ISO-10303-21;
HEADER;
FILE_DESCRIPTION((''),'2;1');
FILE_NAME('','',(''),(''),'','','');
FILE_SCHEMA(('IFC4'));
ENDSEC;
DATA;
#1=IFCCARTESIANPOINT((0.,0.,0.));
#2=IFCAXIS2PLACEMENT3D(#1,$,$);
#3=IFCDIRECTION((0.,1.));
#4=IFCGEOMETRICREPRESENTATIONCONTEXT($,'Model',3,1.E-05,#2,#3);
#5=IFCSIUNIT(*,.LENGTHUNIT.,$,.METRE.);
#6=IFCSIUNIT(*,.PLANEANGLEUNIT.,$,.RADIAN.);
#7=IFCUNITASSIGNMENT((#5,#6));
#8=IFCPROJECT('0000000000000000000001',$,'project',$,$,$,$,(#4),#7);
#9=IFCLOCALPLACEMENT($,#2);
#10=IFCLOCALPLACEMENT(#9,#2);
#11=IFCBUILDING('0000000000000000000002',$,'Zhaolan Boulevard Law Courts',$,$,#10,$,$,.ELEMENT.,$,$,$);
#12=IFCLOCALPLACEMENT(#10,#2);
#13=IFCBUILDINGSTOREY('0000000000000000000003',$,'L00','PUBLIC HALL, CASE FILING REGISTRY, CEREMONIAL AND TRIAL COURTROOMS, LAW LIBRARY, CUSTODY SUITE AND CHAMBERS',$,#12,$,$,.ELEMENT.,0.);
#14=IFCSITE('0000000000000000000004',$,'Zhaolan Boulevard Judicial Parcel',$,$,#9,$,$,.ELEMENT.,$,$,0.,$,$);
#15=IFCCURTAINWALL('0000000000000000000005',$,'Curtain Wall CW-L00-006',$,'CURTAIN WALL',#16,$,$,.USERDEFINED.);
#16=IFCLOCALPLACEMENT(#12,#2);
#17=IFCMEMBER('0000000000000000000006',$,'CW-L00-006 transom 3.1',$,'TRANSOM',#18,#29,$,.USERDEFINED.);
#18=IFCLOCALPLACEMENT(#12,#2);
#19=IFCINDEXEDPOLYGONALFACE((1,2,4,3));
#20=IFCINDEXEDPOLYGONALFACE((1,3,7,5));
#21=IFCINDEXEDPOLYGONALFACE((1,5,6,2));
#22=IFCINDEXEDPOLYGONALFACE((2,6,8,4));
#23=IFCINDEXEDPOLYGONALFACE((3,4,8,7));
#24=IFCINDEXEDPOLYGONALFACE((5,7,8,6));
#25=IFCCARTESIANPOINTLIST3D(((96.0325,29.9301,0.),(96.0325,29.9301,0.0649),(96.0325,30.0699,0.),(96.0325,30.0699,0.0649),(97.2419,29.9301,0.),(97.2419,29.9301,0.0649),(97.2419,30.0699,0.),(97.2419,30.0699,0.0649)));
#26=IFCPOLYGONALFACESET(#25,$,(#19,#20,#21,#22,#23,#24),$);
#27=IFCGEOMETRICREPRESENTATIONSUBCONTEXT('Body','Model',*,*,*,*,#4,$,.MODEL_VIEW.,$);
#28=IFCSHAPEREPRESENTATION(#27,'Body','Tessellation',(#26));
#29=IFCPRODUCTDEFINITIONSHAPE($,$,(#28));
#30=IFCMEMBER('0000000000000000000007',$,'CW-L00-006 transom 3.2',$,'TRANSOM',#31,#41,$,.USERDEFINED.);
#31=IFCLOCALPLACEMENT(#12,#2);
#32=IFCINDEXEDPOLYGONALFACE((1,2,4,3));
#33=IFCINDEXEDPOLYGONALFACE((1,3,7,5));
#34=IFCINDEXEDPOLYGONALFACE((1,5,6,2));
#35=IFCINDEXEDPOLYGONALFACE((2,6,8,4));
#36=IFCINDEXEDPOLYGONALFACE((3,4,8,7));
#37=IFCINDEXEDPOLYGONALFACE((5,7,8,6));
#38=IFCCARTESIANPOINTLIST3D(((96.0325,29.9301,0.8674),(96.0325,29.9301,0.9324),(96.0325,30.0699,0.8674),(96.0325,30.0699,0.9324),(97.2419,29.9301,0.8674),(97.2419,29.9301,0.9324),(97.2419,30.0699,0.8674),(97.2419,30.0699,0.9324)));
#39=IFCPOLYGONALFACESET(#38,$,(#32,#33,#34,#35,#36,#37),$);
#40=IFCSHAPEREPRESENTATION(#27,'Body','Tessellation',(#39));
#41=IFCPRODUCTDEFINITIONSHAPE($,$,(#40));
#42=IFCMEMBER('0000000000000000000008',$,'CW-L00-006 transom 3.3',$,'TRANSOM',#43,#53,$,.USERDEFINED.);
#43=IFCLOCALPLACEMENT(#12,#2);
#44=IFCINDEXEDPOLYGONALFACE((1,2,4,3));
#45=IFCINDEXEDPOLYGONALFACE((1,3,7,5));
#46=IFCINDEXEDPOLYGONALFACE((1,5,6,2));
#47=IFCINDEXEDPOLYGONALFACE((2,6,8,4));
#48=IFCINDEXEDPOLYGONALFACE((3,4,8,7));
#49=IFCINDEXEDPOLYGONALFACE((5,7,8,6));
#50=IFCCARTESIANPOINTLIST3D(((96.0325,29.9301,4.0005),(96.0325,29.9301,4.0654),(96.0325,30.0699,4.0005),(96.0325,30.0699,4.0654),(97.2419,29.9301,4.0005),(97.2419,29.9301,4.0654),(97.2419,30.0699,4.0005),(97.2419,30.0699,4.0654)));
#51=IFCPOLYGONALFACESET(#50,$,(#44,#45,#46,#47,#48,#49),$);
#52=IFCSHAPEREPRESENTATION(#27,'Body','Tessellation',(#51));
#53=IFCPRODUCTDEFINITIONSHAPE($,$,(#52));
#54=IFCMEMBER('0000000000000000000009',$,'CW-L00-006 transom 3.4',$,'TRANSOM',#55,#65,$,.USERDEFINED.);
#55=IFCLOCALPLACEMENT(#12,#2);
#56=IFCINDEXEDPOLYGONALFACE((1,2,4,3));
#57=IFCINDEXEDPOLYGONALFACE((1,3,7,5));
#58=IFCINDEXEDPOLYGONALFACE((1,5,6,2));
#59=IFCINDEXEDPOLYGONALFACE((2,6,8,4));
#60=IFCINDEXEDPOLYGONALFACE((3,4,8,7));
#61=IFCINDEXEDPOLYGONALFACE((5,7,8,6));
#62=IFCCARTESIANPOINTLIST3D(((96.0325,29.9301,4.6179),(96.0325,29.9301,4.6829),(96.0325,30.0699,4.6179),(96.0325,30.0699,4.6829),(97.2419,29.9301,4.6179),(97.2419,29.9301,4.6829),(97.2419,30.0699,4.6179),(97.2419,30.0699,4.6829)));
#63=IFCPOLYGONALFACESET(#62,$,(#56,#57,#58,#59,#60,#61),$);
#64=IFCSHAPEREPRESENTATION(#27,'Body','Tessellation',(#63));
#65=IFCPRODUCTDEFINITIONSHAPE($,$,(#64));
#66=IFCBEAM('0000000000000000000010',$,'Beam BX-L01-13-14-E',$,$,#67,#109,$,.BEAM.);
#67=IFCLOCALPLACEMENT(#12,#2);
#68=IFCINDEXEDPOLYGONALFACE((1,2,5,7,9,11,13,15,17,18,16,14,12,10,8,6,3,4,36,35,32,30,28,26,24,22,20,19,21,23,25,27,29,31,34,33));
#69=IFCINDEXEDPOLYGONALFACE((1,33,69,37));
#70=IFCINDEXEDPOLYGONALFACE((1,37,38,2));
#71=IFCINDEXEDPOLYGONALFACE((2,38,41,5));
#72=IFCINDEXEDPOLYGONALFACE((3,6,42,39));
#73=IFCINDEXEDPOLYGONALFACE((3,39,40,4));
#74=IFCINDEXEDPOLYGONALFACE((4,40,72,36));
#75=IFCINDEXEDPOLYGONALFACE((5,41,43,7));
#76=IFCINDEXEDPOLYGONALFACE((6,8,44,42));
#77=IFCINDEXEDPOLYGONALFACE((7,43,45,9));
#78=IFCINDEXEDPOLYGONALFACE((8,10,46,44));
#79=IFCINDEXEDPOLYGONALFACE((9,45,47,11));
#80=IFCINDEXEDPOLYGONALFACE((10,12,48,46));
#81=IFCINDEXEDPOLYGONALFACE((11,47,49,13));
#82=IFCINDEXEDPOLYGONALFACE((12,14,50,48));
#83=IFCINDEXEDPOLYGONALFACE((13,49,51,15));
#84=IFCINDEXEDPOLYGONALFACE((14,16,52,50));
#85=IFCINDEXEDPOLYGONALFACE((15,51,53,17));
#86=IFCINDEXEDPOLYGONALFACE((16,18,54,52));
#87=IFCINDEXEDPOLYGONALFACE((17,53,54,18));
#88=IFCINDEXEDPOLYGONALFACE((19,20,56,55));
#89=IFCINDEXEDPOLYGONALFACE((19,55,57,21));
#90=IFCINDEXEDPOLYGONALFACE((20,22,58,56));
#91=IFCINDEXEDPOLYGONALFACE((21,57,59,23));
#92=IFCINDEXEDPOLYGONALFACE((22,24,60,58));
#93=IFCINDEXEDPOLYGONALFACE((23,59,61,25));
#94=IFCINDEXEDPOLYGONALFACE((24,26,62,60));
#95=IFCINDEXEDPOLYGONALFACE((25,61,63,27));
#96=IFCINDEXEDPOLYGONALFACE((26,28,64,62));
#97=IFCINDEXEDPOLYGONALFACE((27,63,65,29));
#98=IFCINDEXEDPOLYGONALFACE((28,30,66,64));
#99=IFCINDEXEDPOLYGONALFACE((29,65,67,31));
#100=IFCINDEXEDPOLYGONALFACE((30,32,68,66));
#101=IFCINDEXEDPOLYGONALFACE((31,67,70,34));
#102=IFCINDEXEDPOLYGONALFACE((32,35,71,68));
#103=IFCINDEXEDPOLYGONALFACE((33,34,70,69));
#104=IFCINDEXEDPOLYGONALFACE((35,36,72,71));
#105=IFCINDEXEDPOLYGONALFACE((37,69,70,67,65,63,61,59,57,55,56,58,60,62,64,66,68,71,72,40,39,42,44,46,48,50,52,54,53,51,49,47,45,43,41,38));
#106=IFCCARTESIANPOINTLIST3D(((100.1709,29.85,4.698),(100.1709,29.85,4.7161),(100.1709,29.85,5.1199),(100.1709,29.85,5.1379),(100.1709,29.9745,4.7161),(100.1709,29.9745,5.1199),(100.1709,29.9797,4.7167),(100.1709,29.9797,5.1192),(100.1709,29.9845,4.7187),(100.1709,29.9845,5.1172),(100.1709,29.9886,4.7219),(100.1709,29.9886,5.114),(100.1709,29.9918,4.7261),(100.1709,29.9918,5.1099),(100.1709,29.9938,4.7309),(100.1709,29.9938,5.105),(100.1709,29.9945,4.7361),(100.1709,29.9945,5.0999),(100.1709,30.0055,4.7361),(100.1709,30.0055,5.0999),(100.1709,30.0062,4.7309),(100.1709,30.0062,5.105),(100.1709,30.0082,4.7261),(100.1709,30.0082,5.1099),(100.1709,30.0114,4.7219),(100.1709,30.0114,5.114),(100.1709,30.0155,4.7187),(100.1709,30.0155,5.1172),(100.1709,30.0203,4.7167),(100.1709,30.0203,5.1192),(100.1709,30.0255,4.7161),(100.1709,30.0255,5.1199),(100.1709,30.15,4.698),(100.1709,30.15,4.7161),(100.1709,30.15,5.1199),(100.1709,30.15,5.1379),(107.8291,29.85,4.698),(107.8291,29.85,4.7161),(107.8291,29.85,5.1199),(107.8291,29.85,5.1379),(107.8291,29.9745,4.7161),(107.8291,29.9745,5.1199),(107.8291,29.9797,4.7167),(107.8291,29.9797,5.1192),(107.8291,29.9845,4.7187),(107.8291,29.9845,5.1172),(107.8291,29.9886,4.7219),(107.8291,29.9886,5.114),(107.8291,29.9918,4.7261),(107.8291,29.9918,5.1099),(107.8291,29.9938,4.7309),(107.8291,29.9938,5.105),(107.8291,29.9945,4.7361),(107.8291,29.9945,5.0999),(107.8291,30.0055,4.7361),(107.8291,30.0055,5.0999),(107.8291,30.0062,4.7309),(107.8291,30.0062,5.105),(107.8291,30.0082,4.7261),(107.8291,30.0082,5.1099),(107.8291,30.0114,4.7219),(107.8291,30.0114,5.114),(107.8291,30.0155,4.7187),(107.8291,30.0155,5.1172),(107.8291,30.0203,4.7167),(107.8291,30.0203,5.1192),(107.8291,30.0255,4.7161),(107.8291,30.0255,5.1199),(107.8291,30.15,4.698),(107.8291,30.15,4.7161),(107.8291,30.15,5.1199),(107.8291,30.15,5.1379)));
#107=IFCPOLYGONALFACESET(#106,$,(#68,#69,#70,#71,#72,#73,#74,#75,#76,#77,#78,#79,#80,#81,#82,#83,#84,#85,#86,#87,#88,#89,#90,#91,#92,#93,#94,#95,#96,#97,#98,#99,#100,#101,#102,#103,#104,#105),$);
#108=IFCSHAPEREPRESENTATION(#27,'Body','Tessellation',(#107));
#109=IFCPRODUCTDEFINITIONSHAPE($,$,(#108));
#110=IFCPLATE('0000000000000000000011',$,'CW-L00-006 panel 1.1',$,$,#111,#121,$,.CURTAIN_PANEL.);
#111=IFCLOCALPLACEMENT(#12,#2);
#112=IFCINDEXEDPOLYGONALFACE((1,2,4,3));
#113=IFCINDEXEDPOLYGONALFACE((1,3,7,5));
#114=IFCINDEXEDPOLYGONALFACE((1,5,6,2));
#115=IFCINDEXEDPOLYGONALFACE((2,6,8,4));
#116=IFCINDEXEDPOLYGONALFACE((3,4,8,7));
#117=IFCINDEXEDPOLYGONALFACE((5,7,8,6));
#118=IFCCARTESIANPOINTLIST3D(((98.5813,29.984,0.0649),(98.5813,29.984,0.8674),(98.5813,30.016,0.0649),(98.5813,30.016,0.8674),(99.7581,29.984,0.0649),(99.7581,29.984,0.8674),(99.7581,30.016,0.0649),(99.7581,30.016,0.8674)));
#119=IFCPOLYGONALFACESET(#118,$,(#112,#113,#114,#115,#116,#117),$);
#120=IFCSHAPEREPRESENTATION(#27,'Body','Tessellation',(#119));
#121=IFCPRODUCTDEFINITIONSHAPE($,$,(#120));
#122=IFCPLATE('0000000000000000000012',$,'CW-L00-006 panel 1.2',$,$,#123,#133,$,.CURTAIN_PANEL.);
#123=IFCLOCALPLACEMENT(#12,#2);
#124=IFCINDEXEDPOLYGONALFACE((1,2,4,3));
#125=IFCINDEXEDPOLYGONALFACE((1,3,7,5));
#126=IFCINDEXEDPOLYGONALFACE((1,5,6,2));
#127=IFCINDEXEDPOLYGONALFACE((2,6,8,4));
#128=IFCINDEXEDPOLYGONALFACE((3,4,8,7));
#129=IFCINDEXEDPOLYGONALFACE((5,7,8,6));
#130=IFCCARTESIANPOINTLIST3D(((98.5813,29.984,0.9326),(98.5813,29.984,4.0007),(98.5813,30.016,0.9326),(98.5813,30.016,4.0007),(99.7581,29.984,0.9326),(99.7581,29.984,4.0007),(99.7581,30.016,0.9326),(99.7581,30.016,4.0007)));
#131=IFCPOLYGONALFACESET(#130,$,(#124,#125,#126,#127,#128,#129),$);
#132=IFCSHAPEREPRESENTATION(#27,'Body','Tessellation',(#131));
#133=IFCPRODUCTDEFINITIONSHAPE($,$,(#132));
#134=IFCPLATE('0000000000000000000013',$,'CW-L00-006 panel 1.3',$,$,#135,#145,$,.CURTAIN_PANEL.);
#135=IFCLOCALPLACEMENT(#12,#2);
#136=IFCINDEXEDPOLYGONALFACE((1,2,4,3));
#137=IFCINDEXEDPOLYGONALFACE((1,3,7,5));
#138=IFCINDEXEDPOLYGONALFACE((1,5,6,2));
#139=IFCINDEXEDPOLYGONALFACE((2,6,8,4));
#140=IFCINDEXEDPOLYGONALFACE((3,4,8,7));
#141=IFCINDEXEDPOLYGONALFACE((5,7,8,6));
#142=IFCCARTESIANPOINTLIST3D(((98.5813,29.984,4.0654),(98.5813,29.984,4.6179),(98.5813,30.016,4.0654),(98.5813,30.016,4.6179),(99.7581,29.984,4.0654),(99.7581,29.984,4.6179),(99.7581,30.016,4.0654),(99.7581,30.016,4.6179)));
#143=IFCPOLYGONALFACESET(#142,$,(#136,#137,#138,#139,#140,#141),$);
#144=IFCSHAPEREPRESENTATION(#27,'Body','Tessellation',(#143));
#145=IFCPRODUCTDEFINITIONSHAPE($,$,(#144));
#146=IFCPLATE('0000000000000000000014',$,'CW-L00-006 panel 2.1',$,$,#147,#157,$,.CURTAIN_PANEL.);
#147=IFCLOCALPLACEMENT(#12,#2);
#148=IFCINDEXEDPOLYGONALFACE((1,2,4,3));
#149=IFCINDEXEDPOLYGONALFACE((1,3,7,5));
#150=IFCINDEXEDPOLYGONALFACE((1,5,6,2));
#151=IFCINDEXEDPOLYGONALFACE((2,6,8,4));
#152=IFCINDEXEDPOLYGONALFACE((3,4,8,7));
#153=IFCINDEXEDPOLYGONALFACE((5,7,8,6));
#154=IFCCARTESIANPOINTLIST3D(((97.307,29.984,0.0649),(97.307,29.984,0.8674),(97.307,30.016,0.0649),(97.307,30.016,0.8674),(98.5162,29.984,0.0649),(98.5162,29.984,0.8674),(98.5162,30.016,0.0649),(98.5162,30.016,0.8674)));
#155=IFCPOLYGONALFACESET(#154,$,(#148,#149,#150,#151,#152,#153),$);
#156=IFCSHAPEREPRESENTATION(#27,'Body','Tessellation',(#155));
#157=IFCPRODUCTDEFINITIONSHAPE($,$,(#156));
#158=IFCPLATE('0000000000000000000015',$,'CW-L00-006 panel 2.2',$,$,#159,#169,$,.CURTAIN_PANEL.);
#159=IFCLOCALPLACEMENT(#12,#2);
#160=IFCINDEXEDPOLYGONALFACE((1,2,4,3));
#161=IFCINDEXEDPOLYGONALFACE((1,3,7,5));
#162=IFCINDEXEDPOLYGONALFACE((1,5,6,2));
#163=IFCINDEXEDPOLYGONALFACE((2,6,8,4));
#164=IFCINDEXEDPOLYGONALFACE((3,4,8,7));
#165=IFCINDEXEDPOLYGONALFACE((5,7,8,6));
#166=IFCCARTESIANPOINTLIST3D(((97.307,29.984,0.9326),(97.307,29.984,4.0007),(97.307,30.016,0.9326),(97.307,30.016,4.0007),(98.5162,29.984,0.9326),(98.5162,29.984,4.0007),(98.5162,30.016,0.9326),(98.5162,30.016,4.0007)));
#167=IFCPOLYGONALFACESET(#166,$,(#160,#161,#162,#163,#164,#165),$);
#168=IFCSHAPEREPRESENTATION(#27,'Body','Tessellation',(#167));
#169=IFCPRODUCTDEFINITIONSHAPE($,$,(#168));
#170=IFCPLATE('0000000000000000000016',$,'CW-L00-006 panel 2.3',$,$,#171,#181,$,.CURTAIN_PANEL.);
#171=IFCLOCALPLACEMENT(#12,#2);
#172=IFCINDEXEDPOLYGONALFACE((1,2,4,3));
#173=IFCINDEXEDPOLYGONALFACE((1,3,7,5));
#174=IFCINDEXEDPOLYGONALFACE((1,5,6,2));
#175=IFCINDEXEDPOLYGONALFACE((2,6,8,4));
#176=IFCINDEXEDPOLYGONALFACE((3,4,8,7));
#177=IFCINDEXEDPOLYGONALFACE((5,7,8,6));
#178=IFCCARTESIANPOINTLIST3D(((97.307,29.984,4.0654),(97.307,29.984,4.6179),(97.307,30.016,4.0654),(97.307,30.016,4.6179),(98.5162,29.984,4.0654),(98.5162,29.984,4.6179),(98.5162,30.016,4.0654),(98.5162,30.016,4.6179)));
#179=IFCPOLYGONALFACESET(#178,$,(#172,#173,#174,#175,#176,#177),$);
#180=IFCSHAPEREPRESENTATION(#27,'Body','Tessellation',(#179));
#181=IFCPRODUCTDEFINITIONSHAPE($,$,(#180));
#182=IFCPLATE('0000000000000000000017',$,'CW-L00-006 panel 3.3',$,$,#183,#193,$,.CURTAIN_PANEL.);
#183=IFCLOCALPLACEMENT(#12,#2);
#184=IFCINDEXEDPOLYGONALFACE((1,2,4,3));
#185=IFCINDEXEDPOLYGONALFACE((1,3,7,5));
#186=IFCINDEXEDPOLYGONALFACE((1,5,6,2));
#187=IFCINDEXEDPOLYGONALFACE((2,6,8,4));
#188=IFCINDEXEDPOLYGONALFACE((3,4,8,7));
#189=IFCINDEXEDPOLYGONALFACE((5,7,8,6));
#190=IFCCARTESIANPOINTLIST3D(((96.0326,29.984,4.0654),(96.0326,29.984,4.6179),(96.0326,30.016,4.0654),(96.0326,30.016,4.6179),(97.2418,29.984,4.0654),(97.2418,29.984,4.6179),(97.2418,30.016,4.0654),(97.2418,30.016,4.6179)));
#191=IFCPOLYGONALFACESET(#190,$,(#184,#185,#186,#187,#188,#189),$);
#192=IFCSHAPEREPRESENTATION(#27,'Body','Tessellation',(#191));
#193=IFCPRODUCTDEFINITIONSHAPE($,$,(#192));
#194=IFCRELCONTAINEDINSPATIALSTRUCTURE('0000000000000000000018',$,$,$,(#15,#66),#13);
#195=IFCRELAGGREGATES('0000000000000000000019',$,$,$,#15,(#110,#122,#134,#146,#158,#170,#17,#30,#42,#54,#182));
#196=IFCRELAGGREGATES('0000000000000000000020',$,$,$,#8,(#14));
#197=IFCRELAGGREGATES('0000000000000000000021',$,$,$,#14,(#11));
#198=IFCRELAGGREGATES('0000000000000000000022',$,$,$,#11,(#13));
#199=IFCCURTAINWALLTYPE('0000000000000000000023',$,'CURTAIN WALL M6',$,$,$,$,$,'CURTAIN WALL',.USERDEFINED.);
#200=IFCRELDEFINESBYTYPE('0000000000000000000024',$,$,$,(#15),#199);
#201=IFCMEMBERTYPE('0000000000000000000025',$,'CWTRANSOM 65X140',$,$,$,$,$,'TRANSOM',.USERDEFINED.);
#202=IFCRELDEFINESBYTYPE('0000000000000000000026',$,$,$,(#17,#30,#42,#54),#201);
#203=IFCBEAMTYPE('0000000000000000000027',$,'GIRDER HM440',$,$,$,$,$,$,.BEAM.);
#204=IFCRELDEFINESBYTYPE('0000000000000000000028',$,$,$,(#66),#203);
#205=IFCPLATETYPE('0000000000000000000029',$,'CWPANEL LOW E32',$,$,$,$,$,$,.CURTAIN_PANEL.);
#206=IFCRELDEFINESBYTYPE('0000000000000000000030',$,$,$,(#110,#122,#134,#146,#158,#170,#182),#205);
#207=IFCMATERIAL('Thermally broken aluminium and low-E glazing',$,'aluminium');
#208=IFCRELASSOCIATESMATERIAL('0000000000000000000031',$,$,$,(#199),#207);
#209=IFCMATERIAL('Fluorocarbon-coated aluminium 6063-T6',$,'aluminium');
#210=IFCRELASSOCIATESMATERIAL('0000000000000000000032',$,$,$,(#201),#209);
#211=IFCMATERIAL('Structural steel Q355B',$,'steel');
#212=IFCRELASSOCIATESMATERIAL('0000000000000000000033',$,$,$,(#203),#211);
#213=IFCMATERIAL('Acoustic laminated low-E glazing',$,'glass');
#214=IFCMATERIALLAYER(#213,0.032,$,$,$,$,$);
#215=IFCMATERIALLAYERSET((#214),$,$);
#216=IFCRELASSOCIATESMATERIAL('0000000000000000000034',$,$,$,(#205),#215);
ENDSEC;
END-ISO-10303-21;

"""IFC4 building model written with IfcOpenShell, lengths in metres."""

from ifc_helpers import new_model, si_unit, direction, frame, origin, origin_2d, place, context, subcontext, project, spatial, rectangle, i_section, extrude, material, layer, layer_set, material_profile, profile_set, type_object, element, aggregate, save


model = new_model("IFC4")

# Units and contexts
model_context = context("Model", 3, precision=1e-05, world=origin(), true_north=direction((0.0, 1.0)))
body_context = subcontext(model_context, "Body", "Model", "MODEL_VIEW")
ifc_project = project(units=[si_unit("LENGTHUNIT", "METRE"), si_unit("PLANEANGLEUNIT", "RADIAN")], contexts=[model_context])

# Site, building, storey
site_placement = place(None, origin())
site = spatial("IfcSite", under=ifc_project, at=site_placement, Name="Zhaolan Boulevard Judicial Parcel", CompositionType="ELEMENT", RefElevation=0.0)
building_placement = place(site_placement, origin())
building = spatial("IfcBuilding", under=site, at=building_placement, Name="Zhaolan Boulevard Law Courts", CompositionType="ELEMENT")
storey_placement = place(building_placement, origin())
storey = spatial("IfcBuildingStorey", under=building, at=storey_placement, Name="L00", Description="PUBLIC HALL, CASE FILING REGISTRY, CEREMONIAL AND TRIAL COURTROOMS, LAW LIBRARY, CUSTODY SUITE AND CHAMBERS", CompositionType="ELEMENT", Elevation=0.0)

# Curtain wall, members
ifc_material_1 = material(Name="Thermally broken aluminium and low-E glazing", Category="aluminium")
curtain_wall_type = type_object("IfcCurtainWallType", Name="CURTAIN WALL M6", ElementType="CURTAIN WALL", PredefinedType="USERDEFINED", material=ifc_material_1)
curtain_wall_placement = place(storey_placement, origin())
curtain_wall = element("IfcCurtainWall", 1, at=curtain_wall_placement, inside=storey, type_object=curtain_wall_type, Name="Curtain Wall CW-L00-006", ObjectType="CURTAIN WALL", PredefinedType="USERDEFINED")
ifc_material_2 = material(Name="Fluorocarbon-coated aluminium 6063-T6", Category="aluminium")
ifc_material_profile_1 = material_profile(ifc_material_2, rectangle(XDim=0.1399, YDim=0.0649, at=origin_2d()), Name="AL65x140")
ifc_profile_set_1 = profile_set([ifc_material_profile_1], Name="Fluorocarbon-coated aluminium 6063-T6")
member_type_1 = type_object("IfcMemberType", Name="CWTRANSOM 65X140", ElementType="TRANSOM", PredefinedType="USERDEFINED", material=ifc_profile_set_1)
member_1_placement = place(storey_placement, frame((97.2419, 30.0, 0.0325), z_axis=(-1.0, 0.0, 0.0), x_axis=(0.0, -1.0, 0.0)))
member_1 = element("IfcMember", 2, at=member_1_placement, type_object=member_type_1, Name="CW-L00-006 transom 3.1", ObjectType="TRANSOM", PredefinedType="USERDEFINED", context=body_context, shape_type="SweptSolid", body=[
    extrude(rectangle(XDim=0.1399, YDim=0.0649, at=origin_2d()), origin(), (0.0, 0.0, 1.0), 1.2095),
])
member_2_placement = place(storey_placement, frame((97.2419, 30.0, 0.8999), z_axis=(-1.0, 0.0, 0.0), x_axis=(0.0, -1.0, 0.0)))
member_2 = element("IfcMember", 3, at=member_2_placement, type_object=member_type_1, Name="CW-L00-006 transom 3.2", ObjectType="TRANSOM", PredefinedType="USERDEFINED", context=body_context, shape_type="SweptSolid", body=[
    extrude(rectangle(XDim=0.1399, YDim=0.0649, at=origin_2d()), origin(), (0.0, 0.0, 1.0), 1.2095),
])
member_3_placement = place(storey_placement, frame((97.2419, 30.0, 4.033), z_axis=(-1.0, 0.0, 0.0), x_axis=(0.0, -1.0, 0.0)))
member_3 = element("IfcMember", 4, at=member_3_placement, type_object=member_type_1, Name="CW-L00-006 transom 3.3", ObjectType="TRANSOM", PredefinedType="USERDEFINED", context=body_context, shape_type="SweptSolid", body=[
    extrude(rectangle(XDim=0.1399, YDim=0.0649, at=origin_2d()), origin(), (0.0, 0.0, 1.0), 1.2095),
])
member_4_placement = place(storey_placement, frame((97.2419, 30.0, 4.6504), z_axis=(-1.0, 0.0, 0.0), x_axis=(0.0, -1.0, 0.0)))
member_4 = element("IfcMember", 5, at=member_4_placement, type_object=member_type_1, Name="CW-L00-006 transom 3.4", ObjectType="TRANSOM", PredefinedType="USERDEFINED", context=body_context, shape_type="SweptSolid", body=[
    extrude(rectangle(XDim=0.1399, YDim=0.0649, at=origin_2d()), origin(), (0.0, 0.0, 1.0), 1.2095),
])

# Beam
ifc_material_3 = material(Name="Structural steel Q355B", Category="steel")
ifc_material_profile_2 = material_profile(ifc_material_3, i_section(OverallWidth=0.3, OverallDepth=0.4399, WebThickness=0.011, FlangeThickness=0.0181, FilletRadius=0.02, at=origin_2d()), Name="HM440x300")
ifc_profile_set_2 = profile_set([ifc_material_profile_2], Name="Structural steel Q355B")
beam_type = type_object("IfcBeamType", Name="GIRDER HM440", PredefinedType="BEAM", material=ifc_profile_set_2)
beam_placement = place(storey_placement, frame((100.1709, 30.0, 4.918), z_axis=(1.0, 0.0, 0.0), x_axis=(0.0, 1.0, 0.0)))
element("IfcBeam", 6, at=beam_placement, inside=storey, type_object=beam_type, Name="Beam BX-L01-13-14-E", PredefinedType="BEAM", context=body_context, shape_type="SweptSolid", body=[
    extrude(i_section(OverallWidth=0.3, OverallDepth=0.4399, WebThickness=0.011, FlangeThickness=0.0181, FilletRadius=0.02, at=origin_2d()), origin(), (0.0, 0.0, 1.0), 7.6582),
])

# Plates
ifc_material_4 = material(Name="Acoustic laminated low-E glazing", Category="glass")
ifc_layer = layer(ifc_material_4, 0.032)
ifc_layer_set = layer_set([ifc_layer])
plate_type = type_object("IfcPlateType", Name="CWPANEL LOW E32", PredefinedType="CURTAIN_PANEL", material=ifc_layer_set)
plate_1_placement = place(storey_placement, frame((99.1697, 30.0, 0.0649), z_axis=(0.0, 0.0, 1.0), x_axis=(-1.0, 0.0, 0.0)))
plate_1 = element("IfcPlate", 7, at=plate_1_placement, type_object=plate_type, Name="CW-L00-006 panel 1.1", PredefinedType="CURTAIN_PANEL", context=body_context, shape_type="SweptSolid", body=[
    extrude(rectangle(XDim=1.1768, YDim=0.032, at=origin_2d()), origin(), (0.0, 0.0, 1.0), 0.8025),
])
plate_2_placement = place(storey_placement, frame((99.1697, 30.0, 0.9326), z_axis=(0.0, 0.0, 1.0), x_axis=(-1.0, 0.0, 0.0)))
plate_2 = element("IfcPlate", 8, at=plate_2_placement, type_object=plate_type, Name="CW-L00-006 panel 1.2", PredefinedType="CURTAIN_PANEL", context=body_context, shape_type="SweptSolid", body=[
    extrude(rectangle(XDim=1.1768, YDim=0.032, at=origin_2d()), origin(), (0.0, 0.0, 1.0), 3.0681),
])
plate_3_placement = place(storey_placement, frame((99.1697, 30.0, 4.0654), z_axis=(0.0, 0.0, 1.0), x_axis=(-1.0, 0.0, 0.0)))
plate_3 = element("IfcPlate", 9, at=plate_3_placement, type_object=plate_type, Name="CW-L00-006 panel 1.3", PredefinedType="CURTAIN_PANEL", context=body_context, shape_type="SweptSolid", body=[
    extrude(rectangle(XDim=1.1768, YDim=0.032, at=origin_2d()), origin(), (0.0, 0.0, 1.0), 0.5525),
])
plate_4_placement = place(storey_placement, frame((97.9116, 30.0, 0.0649), z_axis=(0.0, 0.0, 1.0), x_axis=(-1.0, 0.0, 0.0)))
plate_4 = element("IfcPlate", 10, at=plate_4_placement, type_object=plate_type, Name="CW-L00-006 panel 2.1", PredefinedType="CURTAIN_PANEL", context=body_context, shape_type="SweptSolid", body=[
    extrude(rectangle(XDim=1.2092, YDim=0.032, at=origin_2d()), origin(), (0.0, 0.0, 1.0), 0.8025),
])
plate_5_placement = place(storey_placement, frame((97.9116, 30.0, 0.9326), z_axis=(0.0, 0.0, 1.0), x_axis=(-1.0, 0.0, 0.0)))
plate_5 = element("IfcPlate", 11, at=plate_5_placement, type_object=plate_type, Name="CW-L00-006 panel 2.2", PredefinedType="CURTAIN_PANEL", context=body_context, shape_type="SweptSolid", body=[
    extrude(rectangle(XDim=1.2092, YDim=0.032, at=origin_2d()), origin(), (0.0, 0.0, 1.0), 3.0681),
])
plate_6_placement = place(storey_placement, frame((97.9116, 30.0, 4.0654), z_axis=(0.0, 0.0, 1.0), x_axis=(-1.0, 0.0, 0.0)))
plate_6 = element("IfcPlate", 12, at=plate_6_placement, type_object=plate_type, Name="CW-L00-006 panel 2.3", PredefinedType="CURTAIN_PANEL", context=body_context, shape_type="SweptSolid", body=[
    extrude(rectangle(XDim=1.2092, YDim=0.032, at=origin_2d()), origin(), (0.0, 0.0, 1.0), 0.5525),
])
plate_7_placement = place(storey_placement, frame((96.6372, 30.0, 4.0654), z_axis=(0.0, 0.0, 1.0), x_axis=(-1.0, 0.0, 0.0)))
plate_7 = element("IfcPlate", 13, at=plate_7_placement, type_object=plate_type, Name="CW-L00-006 panel 3.3", PredefinedType="CURTAIN_PANEL", context=body_context, shape_type="SweptSolid", body=[
    extrude(rectangle(XDim=1.2092, YDim=0.032, at=origin_2d()), origin(), (0.0, 0.0, 1.0), 0.5525),
])
aggregate(curtain_wall, [plate_1, plate_2, plate_3, plate_4, plate_5, plate_6, member_1, member_2, member_3, member_4, plate_7])

save(model, "model.ifc")
